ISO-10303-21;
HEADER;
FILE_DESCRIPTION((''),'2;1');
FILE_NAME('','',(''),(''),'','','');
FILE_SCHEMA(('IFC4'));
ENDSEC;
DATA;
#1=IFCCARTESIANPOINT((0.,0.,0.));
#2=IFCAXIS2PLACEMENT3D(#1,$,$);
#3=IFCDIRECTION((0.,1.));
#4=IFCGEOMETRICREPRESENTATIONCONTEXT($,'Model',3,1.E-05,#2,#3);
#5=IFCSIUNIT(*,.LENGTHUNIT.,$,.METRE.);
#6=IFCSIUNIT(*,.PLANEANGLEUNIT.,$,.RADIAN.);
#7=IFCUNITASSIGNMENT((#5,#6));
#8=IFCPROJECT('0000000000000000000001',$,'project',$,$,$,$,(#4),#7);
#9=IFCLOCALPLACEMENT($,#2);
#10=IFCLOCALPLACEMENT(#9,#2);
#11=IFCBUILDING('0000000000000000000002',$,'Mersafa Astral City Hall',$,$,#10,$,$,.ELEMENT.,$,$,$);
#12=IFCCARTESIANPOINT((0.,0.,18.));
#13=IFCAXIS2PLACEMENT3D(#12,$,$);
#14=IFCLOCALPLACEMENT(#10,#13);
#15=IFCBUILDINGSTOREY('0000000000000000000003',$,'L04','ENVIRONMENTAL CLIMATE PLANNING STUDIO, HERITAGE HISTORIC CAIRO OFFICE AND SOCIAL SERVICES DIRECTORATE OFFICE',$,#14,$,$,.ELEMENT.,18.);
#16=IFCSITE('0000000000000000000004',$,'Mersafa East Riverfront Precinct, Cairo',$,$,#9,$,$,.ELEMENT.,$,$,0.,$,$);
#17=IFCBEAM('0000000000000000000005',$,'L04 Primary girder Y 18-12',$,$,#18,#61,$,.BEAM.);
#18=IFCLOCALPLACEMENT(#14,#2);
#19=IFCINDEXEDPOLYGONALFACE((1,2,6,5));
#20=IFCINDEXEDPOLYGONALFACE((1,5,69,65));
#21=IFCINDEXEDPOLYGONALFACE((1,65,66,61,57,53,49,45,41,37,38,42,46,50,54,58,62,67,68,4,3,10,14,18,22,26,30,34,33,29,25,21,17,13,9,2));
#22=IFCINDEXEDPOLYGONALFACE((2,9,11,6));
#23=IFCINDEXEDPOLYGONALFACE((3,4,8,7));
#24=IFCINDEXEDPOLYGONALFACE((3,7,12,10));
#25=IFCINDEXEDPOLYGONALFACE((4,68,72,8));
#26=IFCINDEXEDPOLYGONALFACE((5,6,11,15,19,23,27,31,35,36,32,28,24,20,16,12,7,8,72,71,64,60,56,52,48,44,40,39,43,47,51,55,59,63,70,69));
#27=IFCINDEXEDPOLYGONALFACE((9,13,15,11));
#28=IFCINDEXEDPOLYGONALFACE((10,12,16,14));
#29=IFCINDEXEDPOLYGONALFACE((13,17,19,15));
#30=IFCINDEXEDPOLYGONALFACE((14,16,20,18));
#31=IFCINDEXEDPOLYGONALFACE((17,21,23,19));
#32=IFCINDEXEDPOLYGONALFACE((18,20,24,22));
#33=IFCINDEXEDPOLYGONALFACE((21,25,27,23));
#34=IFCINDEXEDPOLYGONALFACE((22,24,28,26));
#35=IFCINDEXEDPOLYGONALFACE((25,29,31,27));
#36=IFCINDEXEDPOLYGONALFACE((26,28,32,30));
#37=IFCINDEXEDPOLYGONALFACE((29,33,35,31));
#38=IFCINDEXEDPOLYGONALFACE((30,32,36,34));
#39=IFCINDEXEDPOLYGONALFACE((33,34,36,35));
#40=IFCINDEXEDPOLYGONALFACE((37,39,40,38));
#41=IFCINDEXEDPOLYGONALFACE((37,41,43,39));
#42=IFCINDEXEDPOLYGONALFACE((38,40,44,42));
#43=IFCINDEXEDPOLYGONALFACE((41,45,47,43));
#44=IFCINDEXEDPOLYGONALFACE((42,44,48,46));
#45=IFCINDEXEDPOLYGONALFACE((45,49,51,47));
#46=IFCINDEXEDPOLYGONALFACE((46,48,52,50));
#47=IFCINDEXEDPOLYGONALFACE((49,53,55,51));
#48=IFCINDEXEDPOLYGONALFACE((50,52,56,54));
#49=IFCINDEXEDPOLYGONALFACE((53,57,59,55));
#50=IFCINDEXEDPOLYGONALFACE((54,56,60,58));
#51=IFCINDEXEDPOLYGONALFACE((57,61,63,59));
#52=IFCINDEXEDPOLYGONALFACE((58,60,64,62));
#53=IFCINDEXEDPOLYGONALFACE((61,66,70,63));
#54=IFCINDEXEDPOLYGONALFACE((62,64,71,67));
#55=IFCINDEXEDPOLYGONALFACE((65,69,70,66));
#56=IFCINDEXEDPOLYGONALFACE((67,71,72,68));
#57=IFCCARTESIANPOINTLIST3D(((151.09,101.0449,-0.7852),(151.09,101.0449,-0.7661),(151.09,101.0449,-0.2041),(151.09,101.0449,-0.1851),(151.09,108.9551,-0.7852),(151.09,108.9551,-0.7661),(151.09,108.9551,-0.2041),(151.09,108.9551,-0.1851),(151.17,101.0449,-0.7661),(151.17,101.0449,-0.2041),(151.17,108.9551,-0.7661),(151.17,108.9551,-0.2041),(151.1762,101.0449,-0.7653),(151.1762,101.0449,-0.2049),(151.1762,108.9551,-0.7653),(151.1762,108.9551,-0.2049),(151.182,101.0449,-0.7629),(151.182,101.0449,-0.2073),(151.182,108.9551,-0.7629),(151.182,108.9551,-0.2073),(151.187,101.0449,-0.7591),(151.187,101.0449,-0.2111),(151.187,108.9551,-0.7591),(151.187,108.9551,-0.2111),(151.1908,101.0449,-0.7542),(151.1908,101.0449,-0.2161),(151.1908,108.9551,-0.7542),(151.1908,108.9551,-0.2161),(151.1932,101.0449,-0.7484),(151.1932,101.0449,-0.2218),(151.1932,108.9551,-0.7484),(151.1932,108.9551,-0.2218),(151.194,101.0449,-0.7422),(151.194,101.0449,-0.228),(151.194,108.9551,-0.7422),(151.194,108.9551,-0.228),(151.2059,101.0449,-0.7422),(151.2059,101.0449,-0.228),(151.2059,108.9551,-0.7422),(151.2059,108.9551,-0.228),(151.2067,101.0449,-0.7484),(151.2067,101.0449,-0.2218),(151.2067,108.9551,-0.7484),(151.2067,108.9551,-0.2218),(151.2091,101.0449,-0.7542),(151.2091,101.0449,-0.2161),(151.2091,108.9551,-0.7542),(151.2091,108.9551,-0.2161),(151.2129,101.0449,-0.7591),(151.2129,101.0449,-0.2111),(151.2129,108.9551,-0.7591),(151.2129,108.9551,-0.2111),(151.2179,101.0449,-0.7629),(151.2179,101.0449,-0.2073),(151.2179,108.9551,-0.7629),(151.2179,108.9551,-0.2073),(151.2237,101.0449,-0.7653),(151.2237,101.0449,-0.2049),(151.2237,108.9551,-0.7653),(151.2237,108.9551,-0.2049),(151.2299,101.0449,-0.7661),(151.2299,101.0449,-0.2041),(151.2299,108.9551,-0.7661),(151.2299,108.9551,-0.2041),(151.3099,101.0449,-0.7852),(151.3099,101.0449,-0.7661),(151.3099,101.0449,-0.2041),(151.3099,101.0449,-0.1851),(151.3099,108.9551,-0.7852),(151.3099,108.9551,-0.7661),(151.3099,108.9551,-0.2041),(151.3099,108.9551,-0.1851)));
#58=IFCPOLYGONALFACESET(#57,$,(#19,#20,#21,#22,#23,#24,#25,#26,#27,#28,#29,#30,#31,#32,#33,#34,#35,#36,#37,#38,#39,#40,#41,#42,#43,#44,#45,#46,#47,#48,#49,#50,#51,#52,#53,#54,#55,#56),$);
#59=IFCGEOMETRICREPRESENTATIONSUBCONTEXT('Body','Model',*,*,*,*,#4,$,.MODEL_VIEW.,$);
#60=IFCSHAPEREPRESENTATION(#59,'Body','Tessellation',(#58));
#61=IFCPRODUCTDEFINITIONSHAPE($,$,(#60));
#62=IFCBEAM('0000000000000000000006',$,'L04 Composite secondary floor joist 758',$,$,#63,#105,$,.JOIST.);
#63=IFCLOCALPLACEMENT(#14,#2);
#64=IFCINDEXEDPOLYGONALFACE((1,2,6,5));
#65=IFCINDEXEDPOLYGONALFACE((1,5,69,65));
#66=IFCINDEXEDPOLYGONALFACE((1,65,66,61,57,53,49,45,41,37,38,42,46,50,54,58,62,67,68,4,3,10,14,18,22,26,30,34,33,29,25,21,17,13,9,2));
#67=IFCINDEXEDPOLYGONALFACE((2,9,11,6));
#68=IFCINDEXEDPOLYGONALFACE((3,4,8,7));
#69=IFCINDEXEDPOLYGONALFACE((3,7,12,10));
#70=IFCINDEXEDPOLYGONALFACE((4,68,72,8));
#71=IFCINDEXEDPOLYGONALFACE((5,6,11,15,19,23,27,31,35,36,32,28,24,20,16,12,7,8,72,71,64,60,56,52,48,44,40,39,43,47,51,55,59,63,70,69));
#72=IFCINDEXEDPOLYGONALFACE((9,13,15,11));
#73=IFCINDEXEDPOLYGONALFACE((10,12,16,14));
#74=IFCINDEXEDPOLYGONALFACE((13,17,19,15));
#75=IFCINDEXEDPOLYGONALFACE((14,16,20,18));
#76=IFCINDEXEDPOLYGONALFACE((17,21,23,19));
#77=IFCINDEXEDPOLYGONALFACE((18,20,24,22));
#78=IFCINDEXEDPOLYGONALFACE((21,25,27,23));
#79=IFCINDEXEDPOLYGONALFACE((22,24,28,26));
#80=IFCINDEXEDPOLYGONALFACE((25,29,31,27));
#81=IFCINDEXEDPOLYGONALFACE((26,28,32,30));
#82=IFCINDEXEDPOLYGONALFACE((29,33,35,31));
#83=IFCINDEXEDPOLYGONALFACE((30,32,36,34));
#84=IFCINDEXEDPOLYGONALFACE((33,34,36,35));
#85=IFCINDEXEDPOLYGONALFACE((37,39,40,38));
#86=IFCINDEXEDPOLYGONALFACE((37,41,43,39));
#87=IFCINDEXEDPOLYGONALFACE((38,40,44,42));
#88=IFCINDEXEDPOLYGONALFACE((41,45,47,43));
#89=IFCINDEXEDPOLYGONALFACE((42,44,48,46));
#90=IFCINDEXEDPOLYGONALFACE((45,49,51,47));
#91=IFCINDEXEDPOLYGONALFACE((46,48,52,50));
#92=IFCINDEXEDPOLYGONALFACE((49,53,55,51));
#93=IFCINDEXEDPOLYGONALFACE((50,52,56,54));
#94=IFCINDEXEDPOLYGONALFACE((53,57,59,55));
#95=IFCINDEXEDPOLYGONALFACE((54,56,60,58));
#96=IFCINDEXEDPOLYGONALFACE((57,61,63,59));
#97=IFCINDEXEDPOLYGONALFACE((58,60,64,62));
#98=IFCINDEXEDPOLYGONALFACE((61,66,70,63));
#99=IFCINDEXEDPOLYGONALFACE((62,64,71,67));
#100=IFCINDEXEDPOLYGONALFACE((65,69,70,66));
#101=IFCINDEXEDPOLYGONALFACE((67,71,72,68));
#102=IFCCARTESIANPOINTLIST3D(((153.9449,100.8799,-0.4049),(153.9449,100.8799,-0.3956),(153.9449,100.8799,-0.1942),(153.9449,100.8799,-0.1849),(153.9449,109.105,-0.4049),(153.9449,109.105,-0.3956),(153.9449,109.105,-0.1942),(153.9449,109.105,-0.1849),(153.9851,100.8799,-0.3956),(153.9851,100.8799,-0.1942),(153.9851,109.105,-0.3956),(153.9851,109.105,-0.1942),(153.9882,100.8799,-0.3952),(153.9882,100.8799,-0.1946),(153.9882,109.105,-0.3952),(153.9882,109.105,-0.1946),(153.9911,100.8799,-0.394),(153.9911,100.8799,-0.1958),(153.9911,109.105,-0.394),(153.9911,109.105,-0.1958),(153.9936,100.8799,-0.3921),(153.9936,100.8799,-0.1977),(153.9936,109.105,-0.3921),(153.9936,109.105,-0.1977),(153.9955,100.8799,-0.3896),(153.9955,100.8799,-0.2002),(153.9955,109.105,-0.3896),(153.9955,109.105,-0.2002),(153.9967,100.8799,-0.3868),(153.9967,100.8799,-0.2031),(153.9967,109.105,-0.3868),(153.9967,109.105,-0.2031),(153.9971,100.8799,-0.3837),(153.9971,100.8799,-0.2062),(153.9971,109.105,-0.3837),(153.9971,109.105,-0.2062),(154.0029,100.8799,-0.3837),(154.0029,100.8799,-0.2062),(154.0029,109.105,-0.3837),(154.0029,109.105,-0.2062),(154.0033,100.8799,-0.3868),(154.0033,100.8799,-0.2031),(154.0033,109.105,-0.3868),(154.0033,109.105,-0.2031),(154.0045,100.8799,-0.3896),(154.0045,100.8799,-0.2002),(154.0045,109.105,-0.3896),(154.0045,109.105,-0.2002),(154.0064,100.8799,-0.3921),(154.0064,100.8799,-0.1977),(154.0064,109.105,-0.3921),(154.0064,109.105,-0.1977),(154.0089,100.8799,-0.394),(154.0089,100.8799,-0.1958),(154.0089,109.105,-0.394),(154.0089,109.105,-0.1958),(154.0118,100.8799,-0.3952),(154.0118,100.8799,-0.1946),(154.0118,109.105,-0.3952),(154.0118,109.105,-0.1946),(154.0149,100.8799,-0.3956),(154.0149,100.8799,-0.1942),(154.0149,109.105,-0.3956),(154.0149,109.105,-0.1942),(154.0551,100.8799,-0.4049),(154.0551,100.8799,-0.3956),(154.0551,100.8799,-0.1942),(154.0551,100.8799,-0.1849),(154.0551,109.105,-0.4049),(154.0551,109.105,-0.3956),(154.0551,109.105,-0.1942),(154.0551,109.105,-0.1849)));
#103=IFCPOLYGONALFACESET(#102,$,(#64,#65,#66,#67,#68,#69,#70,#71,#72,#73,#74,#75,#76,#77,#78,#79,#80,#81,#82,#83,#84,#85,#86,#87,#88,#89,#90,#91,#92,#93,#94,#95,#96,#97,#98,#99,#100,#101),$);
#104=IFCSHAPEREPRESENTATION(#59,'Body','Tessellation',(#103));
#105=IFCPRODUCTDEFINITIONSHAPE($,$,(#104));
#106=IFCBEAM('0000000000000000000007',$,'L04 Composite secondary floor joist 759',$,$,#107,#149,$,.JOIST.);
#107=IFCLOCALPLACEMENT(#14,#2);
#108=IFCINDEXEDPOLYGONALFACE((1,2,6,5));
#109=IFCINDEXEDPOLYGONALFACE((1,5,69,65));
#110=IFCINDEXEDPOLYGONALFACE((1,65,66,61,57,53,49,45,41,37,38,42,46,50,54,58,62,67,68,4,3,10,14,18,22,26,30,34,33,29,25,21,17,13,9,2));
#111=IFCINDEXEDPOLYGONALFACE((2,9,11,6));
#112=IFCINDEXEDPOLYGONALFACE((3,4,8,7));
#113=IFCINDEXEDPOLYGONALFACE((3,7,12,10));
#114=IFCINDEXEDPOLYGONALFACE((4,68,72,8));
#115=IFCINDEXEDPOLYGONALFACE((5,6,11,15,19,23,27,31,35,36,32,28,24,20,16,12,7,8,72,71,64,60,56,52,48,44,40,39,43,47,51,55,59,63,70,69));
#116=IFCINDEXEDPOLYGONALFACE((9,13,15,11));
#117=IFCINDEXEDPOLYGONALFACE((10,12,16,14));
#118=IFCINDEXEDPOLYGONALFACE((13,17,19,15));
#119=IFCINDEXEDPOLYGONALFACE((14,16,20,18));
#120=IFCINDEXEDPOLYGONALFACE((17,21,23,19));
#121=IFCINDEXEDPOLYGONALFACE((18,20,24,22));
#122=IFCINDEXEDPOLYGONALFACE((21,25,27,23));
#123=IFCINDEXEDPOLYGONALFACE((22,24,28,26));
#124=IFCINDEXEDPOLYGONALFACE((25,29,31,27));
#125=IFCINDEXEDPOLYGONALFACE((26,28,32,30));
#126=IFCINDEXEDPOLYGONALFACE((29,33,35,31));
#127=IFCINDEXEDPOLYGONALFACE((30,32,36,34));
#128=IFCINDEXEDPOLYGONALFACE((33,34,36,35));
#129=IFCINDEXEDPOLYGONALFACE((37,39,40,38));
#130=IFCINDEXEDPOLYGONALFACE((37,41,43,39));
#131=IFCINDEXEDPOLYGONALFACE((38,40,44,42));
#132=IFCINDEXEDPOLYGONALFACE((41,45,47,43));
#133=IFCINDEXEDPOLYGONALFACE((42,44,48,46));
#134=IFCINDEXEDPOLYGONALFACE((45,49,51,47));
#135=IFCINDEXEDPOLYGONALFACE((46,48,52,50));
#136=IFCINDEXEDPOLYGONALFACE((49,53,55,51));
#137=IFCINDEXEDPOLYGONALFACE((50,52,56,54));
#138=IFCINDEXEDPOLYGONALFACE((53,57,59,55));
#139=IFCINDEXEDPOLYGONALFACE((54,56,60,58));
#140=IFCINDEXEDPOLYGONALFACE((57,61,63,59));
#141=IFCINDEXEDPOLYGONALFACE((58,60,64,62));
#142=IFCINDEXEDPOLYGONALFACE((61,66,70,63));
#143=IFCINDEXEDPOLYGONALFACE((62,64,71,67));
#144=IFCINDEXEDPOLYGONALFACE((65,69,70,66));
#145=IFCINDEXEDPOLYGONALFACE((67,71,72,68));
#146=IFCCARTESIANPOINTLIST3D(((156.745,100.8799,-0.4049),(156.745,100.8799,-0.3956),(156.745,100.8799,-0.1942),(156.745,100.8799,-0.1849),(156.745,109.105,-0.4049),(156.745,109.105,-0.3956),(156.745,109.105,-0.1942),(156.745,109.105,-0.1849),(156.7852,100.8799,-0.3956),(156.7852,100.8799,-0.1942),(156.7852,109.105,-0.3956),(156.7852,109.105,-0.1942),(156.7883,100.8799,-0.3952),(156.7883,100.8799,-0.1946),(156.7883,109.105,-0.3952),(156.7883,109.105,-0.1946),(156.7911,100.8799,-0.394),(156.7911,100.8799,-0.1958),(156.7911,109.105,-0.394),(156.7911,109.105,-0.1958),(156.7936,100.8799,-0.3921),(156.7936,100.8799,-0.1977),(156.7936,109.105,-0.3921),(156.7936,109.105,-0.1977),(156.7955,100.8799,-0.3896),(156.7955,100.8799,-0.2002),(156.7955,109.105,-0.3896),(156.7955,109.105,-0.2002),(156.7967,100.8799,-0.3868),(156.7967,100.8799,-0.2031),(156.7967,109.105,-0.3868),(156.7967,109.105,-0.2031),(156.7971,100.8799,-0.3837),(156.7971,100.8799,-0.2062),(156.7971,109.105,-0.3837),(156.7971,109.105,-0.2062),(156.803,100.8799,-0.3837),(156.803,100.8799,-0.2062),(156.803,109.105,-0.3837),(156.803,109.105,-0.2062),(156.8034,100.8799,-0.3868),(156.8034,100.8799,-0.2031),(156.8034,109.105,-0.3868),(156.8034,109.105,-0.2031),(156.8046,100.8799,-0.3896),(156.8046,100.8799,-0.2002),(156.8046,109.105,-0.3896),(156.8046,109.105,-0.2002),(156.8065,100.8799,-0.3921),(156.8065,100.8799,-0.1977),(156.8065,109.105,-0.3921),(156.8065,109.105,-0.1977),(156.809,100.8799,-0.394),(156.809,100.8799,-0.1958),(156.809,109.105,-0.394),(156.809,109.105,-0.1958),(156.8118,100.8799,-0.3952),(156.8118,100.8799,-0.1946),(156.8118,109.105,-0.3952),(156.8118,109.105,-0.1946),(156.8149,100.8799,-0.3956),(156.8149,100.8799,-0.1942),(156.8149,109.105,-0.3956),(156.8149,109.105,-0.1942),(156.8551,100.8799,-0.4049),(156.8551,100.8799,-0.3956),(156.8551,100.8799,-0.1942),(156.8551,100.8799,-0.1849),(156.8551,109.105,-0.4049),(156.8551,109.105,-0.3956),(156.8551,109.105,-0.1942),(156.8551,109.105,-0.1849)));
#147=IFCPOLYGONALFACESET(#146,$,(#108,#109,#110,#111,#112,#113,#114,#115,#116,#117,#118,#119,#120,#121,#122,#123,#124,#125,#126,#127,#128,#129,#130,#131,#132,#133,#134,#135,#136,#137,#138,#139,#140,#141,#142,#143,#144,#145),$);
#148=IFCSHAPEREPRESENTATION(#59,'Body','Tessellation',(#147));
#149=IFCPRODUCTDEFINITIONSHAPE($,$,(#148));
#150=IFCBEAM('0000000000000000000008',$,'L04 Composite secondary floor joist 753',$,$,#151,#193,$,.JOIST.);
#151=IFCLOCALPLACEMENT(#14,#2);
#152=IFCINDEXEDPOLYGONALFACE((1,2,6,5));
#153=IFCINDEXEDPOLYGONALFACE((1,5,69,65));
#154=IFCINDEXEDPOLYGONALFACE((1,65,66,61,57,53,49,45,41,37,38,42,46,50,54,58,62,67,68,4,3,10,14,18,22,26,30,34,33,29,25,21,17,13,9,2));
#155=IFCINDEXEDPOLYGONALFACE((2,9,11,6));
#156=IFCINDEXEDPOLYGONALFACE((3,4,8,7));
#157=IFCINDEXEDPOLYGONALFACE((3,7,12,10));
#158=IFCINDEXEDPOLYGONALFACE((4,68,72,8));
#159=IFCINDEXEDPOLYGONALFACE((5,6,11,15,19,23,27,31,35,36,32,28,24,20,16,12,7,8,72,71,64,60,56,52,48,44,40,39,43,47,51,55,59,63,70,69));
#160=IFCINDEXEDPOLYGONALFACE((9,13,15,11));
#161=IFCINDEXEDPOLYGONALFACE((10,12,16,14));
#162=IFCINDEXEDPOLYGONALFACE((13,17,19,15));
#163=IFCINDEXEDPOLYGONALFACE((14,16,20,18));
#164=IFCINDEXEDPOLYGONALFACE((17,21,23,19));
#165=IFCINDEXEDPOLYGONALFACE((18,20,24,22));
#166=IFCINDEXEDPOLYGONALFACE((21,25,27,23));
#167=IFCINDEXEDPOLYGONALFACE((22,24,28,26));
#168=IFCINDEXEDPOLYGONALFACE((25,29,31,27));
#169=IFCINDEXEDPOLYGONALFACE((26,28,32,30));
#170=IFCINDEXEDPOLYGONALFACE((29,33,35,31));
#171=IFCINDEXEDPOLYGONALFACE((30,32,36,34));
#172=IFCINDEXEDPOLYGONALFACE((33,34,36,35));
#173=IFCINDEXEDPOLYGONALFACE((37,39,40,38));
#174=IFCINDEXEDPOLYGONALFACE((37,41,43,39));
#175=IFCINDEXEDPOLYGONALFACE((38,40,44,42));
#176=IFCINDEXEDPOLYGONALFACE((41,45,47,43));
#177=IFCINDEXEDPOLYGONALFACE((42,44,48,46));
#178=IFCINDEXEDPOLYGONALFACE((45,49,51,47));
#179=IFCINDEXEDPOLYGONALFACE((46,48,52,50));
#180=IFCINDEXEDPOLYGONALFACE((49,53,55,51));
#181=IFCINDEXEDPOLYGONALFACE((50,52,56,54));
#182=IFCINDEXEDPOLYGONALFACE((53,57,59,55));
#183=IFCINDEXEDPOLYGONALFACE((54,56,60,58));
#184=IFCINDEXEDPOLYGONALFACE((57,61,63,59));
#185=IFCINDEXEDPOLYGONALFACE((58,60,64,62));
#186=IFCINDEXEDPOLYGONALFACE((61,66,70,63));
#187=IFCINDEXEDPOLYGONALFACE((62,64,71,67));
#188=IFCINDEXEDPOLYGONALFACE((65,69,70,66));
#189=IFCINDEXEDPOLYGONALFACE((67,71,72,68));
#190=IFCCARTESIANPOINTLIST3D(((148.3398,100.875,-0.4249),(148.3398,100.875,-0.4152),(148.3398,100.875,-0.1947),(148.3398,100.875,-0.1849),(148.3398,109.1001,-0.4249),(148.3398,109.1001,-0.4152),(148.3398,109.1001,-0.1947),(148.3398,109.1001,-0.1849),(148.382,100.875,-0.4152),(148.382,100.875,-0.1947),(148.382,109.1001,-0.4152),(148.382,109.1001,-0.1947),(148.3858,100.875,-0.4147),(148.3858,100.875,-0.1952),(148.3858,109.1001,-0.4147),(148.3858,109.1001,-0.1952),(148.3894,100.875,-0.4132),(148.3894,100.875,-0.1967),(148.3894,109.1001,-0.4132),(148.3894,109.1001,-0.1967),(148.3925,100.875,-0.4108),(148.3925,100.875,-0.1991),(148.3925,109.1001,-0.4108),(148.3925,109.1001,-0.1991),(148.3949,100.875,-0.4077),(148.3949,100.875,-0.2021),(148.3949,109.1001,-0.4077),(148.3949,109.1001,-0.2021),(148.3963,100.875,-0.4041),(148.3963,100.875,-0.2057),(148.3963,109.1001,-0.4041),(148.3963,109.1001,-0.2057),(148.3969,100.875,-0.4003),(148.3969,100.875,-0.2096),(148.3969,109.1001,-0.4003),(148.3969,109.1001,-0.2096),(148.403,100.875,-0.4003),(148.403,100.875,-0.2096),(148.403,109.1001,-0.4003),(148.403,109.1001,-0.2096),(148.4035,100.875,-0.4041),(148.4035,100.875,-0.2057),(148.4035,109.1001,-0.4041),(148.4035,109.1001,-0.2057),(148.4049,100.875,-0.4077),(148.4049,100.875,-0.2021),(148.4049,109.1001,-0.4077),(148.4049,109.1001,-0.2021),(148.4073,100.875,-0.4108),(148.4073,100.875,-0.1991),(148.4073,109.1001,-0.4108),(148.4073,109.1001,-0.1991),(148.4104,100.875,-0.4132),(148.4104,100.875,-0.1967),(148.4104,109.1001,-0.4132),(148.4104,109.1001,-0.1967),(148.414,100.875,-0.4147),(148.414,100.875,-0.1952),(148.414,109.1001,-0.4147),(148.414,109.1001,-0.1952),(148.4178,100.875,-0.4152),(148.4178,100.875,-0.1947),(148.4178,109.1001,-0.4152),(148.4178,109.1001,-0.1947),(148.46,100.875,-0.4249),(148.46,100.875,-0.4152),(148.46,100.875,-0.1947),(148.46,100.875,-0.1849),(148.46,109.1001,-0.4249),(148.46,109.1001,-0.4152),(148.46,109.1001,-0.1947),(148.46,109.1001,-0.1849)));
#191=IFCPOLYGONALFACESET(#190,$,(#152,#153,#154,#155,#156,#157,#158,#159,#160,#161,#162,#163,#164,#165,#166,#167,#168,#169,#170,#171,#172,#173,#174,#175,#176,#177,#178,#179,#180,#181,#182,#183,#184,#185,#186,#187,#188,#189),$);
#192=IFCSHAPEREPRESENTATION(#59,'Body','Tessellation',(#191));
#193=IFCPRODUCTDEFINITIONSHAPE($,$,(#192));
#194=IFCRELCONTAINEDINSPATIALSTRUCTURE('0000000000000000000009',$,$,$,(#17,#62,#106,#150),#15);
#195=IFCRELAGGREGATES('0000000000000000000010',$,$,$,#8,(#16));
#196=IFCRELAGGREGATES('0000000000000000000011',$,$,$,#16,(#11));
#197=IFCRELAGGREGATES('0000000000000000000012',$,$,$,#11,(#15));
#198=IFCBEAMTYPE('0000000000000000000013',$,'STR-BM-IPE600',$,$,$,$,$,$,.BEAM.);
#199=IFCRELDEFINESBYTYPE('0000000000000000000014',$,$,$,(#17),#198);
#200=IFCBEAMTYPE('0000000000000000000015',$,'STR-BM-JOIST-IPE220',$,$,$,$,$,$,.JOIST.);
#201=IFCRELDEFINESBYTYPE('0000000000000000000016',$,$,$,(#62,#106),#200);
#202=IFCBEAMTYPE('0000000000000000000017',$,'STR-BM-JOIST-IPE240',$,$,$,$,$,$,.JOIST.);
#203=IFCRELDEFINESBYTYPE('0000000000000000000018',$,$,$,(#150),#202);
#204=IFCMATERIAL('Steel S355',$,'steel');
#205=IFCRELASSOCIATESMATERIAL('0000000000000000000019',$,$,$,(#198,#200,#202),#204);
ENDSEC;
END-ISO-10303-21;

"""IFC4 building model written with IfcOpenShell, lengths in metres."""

from ifc_helpers import new_model, si_unit, direction, frame, origin, origin_2d, place, context, subcontext, project, spatial, i_section, extrude, material, material_profile, profile_set, type_object, element, save


model = new_model("IFC4")

# Units and contexts
model_context = context("Model", 3, precision=1e-05, world=origin(), true_north=direction((0.0, 1.0)))
body_context = subcontext(model_context, "Body", "Model", "MODEL_VIEW")
ifc_project = project(units=[si_unit("LENGTHUNIT", "METRE"), si_unit("PLANEANGLEUNIT", "RADIAN")], contexts=[model_context])

# Site, building, storey
site_placement = place(None, origin())
site = spatial("IfcSite", under=ifc_project, at=site_placement, Name="Mersafa East Riverfront Precinct, Cairo", CompositionType="ELEMENT", RefElevation=0.0)
building_placement = place(site_placement, origin())
building = spatial("IfcBuilding", under=site, at=building_placement, Name="Mersafa Astral City Hall", CompositionType="ELEMENT")
storey_placement = place(building_placement, frame((0.0, 0.0, 18.0)))
storey = spatial("IfcBuildingStorey", under=building, at=storey_placement, Name="L04", Description="ENVIRONMENTAL CLIMATE PLANNING STUDIO, HERITAGE HISTORIC CAIRO OFFICE AND SOCIAL SERVICES DIRECTORATE OFFICE", CompositionType="ELEMENT", Elevation=18.0)

# Beams
ifc_material_1 = material(Name="Steel S355", Category="steel")
ifc_material_profile_1 = material_profile(ifc_material_1, i_section(OverallWidth=0.22, OverallDepth=0.6001, WebThickness=0.012, FlangeThickness=0.019, FilletRadius=0.0239, at=origin_2d()), Name="IPE 600")
ifc_profile_set_1 = profile_set([ifc_material_profile_1], Name="Steel S355")
beam_type_1 = type_object("IfcBeamType", Name="STR-BM-IPE600", PredefinedType="BEAM", material=ifc_profile_set_1)
beam_1_placement = place(storey_placement, frame((151.2, 101.0449, -0.4851), z_axis=(0.0, 1.0, 0.0), x_axis=(-1.0, 0.0, 0.0)))
element("IfcBeam", 1, at=beam_1_placement, inside=storey, type_object=beam_type_1, Name="L04 Primary girder Y 18-12", PredefinedType="BEAM", context=body_context, shape_type="SweptSolid", body=[
    extrude(i_section(OverallWidth=0.22, OverallDepth=0.6001, WebThickness=0.012, FlangeThickness=0.019, FilletRadius=0.0239, at=origin_2d()), origin(), (0.0, 0.0, 1.0), 7.9102),
])
ifc_material_profile_2 = material_profile(ifc_material_1, i_section(OverallWidth=0.1101, OverallDepth=0.22, WebThickness=0.0059, FlangeThickness=0.0093, FilletRadius=0.012, at=origin_2d()), Name="IPE 220")
ifc_profile_set_2 = profile_set([ifc_material_profile_2], Name="Steel S355")
beam_type_2 = type_object("IfcBeamType", Name="STR-BM-JOIST-IPE220", PredefinedType="JOIST", material=ifc_profile_set_2)
for number, where, z_axis, x_axis, name in (
    (2, (154.0, 100.8799, -0.2949), (0.0, 1.0, 0.0), (-1.0, 0.0, 0.0), "L04 Composite secondary floor joist 758"),
    (3, (156.8, 100.8799, -0.2949), (0.0, 1.0, 0.0), (-1.0, 0.0, 0.0), "L04 Composite secondary floor joist 759"),
):
    element("IfcBeam", number, at=place(storey_placement, frame(where, z_axis=z_axis, x_axis=x_axis)), inside=storey, type_object=beam_type_2, Name=name, PredefinedType="JOIST", context=body_context, shape_type="SweptSolid", body=[
        extrude(i_section(OverallWidth=0.1101, OverallDepth=0.22, WebThickness=0.0059, FlangeThickness=0.0093, FilletRadius=0.012, at=origin_2d()), origin(), (0.0, 0.0, 1.0), 8.2251),
    ])
ifc_material_profile_3 = material_profile(ifc_material_1, i_section(OverallWidth=0.1201, OverallDepth=0.24, WebThickness=0.0061, FlangeThickness=0.0098, FilletRadius=0.0149, at=origin_2d()), Name="IPE 240")
ifc_profile_set_3 = profile_set([ifc_material_profile_3], Name="Steel S355")
beam_type_3 = type_object("IfcBeamType", Name="STR-BM-JOIST-IPE240", PredefinedType="JOIST", material=ifc_profile_set_3)
beam_2_placement = place(storey_placement, frame((148.3999, 100.875, -0.3049), z_axis=(0.0, 1.0, 0.0), x_axis=(-1.0, 0.0, 0.0)))
element("IfcBeam", 4, at=beam_2_placement, inside=storey, type_object=beam_type_3, Name="L04 Composite secondary floor joist 753", PredefinedType="JOIST", context=body_context, shape_type="SweptSolid", body=[
    extrude(i_section(OverallWidth=0.1201, OverallDepth=0.24, WebThickness=0.0061, FlangeThickness=0.0098, FilletRadius=0.0149, at=origin_2d()), origin(), (0.0, 0.0, 1.0), 8.2251),
])

save(model, "model.ifc")
